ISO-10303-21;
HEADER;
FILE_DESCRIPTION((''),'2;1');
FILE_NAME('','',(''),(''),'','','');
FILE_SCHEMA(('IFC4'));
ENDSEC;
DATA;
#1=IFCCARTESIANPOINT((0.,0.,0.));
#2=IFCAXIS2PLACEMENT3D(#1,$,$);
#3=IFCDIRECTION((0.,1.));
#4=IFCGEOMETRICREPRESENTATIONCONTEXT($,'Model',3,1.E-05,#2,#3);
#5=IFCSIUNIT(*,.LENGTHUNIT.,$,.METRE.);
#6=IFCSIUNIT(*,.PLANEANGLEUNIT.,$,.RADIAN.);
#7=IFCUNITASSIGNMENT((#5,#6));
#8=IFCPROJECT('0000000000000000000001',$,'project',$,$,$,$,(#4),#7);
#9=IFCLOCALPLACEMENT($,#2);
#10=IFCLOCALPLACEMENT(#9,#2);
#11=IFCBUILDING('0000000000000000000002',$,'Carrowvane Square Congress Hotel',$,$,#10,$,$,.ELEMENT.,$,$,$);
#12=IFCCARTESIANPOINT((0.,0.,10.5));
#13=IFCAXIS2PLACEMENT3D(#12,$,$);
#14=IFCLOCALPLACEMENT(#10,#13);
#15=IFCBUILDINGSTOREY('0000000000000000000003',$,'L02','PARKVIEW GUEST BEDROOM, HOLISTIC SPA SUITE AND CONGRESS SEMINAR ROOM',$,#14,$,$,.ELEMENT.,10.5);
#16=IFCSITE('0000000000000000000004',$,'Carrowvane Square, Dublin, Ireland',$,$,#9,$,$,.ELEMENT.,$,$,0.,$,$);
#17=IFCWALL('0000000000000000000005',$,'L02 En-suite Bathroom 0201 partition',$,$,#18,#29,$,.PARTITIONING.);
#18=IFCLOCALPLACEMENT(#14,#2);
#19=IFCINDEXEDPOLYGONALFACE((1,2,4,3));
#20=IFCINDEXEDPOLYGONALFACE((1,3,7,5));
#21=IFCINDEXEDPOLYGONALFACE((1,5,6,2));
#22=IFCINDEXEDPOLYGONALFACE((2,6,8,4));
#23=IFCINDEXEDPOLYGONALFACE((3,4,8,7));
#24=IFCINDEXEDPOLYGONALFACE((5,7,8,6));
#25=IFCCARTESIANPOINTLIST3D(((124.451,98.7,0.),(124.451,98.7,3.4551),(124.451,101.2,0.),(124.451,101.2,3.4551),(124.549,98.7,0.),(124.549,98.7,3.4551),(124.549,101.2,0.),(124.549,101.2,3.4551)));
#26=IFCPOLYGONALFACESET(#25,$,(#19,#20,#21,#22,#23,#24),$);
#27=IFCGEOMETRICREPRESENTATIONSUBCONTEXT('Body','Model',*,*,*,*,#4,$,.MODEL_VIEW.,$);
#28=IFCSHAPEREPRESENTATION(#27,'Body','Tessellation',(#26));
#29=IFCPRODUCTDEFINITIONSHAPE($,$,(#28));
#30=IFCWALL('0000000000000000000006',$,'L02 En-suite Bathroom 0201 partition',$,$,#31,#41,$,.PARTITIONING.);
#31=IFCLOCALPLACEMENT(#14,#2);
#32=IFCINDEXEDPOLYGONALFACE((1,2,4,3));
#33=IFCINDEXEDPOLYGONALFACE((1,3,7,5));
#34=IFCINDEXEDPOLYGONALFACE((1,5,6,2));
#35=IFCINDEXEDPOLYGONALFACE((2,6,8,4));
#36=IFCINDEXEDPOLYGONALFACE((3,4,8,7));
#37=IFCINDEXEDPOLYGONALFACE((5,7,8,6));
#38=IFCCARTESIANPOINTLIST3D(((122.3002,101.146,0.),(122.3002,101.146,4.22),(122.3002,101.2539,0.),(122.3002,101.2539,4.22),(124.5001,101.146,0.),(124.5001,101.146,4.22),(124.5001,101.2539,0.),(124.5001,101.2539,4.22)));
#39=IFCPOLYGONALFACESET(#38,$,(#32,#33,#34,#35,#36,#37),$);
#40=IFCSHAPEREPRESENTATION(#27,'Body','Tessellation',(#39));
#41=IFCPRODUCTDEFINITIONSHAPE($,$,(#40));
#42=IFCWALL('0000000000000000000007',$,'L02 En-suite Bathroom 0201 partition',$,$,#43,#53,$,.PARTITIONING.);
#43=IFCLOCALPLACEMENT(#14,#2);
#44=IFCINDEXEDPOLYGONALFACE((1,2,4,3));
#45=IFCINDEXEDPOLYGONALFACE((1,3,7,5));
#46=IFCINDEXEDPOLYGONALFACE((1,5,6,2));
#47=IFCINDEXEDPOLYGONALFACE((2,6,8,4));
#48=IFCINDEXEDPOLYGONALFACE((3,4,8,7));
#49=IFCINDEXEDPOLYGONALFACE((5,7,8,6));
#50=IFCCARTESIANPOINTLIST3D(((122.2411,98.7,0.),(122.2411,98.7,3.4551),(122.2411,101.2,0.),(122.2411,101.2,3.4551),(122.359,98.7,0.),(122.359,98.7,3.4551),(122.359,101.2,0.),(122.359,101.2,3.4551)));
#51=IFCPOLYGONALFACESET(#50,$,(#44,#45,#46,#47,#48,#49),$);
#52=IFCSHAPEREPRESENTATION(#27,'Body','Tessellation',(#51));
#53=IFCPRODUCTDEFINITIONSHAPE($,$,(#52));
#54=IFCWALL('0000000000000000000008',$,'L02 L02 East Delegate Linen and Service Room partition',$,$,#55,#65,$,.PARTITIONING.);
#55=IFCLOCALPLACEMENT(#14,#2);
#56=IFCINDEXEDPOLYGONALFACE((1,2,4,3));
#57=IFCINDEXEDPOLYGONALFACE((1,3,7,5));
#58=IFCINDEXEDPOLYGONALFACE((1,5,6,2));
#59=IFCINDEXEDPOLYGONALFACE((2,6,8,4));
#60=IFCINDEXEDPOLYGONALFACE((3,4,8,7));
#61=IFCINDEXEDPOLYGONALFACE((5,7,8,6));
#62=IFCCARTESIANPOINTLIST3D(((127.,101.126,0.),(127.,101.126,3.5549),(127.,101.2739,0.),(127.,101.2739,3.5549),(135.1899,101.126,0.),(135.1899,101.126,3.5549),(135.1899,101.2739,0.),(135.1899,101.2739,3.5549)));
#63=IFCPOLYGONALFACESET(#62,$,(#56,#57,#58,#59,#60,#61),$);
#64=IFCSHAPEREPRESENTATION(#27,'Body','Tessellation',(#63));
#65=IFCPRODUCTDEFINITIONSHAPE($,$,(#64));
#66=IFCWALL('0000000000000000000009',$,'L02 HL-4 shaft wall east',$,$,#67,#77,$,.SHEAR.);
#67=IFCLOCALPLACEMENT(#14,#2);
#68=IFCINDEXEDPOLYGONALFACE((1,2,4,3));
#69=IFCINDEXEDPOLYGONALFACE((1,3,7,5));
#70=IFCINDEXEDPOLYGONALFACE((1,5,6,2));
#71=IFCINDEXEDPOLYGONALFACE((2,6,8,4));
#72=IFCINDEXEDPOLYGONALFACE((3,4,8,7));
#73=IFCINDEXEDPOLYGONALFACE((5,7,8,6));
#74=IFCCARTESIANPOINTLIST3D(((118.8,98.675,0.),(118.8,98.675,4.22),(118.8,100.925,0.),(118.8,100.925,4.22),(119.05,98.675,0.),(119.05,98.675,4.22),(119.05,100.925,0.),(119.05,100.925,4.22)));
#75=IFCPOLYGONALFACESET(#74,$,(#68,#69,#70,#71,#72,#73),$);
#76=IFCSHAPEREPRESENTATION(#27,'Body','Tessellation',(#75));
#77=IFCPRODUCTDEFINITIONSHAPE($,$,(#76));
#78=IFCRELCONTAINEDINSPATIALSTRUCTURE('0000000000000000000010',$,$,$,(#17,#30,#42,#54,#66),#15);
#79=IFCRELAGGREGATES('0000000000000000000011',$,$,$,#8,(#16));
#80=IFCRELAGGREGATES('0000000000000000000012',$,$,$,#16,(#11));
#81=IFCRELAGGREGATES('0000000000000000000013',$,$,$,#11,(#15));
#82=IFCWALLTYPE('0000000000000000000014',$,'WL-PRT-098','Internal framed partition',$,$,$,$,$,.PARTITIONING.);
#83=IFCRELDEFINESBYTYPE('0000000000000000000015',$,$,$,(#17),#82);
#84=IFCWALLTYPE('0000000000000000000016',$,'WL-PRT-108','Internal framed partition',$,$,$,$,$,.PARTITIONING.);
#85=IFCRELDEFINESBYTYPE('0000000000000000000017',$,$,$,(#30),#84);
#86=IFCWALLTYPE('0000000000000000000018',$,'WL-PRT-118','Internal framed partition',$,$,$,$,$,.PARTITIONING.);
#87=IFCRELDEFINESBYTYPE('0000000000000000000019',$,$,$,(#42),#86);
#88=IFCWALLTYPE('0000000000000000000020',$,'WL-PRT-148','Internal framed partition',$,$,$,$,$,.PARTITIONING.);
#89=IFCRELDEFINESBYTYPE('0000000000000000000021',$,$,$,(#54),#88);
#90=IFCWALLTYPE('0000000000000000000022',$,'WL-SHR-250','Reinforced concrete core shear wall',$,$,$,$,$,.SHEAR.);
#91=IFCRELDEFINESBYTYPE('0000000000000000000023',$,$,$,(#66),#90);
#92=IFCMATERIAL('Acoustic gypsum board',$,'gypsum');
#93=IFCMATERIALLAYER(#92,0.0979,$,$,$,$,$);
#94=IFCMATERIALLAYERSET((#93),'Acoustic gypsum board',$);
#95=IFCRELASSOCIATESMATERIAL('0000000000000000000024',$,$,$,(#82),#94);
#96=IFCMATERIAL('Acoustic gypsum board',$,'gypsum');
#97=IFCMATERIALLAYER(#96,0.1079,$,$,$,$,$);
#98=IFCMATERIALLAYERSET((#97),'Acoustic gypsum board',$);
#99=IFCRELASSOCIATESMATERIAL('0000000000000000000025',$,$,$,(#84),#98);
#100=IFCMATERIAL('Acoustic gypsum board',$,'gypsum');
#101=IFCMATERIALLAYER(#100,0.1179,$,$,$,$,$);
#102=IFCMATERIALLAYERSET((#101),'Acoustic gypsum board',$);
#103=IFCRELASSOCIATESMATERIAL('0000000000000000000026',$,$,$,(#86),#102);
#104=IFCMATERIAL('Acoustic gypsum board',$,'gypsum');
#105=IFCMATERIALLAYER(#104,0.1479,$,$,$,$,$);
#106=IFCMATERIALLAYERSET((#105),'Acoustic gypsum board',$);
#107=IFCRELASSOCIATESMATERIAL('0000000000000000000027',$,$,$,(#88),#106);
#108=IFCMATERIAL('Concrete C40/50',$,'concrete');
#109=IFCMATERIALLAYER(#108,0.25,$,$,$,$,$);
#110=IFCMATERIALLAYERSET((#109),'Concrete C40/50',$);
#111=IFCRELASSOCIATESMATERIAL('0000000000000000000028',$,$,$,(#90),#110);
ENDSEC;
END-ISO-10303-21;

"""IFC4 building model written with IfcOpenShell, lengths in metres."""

from ifc_helpers import new_model, si_unit, direction, frame, frame_2d, origin, place, context, subcontext, project, spatial, rectangle, extrude, material, layer, layer_set, type_object, element, save


model = new_model("IFC4")

# Units and contexts
model_context = context("Model", 3, precision=1e-05, world=origin(), true_north=direction((0.0, 1.0)))
body_context = subcontext(model_context, "Body", "Model", "MODEL_VIEW")
ifc_project = project(units=[si_unit("LENGTHUNIT", "METRE"), si_unit("PLANEANGLEUNIT", "RADIAN")], contexts=[model_context])

# Site, building, storey
site_placement = place(None, origin())
site = spatial("IfcSite", under=ifc_project, at=site_placement, Name="Carrowvane Square, Dublin, Ireland", CompositionType="ELEMENT", RefElevation=0.0)
building_placement = place(site_placement, origin())
building = spatial("IfcBuilding", under=site, at=building_placement, Name="Carrowvane Square Congress Hotel", CompositionType="ELEMENT")
storey_placement = place(building_placement, frame((0.0, 0.0, 10.5)))
storey = spatial("IfcBuildingStorey", under=building, at=storey_placement, Name="L02", Description="PARKVIEW GUEST BEDROOM, HOLISTIC SPA SUITE AND CONGRESS SEMINAR ROOM", CompositionType="ELEMENT", Elevation=10.5)

# Walls
ifc_material_1 = material(Name="Acoustic gypsum board", Category="gypsum")
ifc_layer_1 = layer(ifc_material_1, 0.0979)
ifc_layer_set_1 = layer_set([ifc_layer_1], Name="Acoustic gypsum board")
wall_type_1 = type_object("IfcWallType", Name="WL-PRT-098", Description="Internal framed partition", PredefinedType="PARTITIONING", material=ifc_layer_set_1)
wall_1_placement = place(storey_placement, frame((124.5, 101.2, 0.0), z_axis=(0.0, 0.0, 1.0), x_axis=(0.0, -1.0, 0.0)))
element("IfcWall", 1, at=wall_1_placement, inside=storey, type_object=wall_type_1, Name="L02 En-suite Bathroom 0201 partition", PredefinedType="PARTITIONING", context=body_context, shape_type="SweptSolid", body=[
    extrude(rectangle(XDim=2.5, YDim=0.0979, at=frame_2d((1.25, 0.0))), origin(), (0.0, 0.0, 1.0), 3.4551),
])
ifc_material_2 = material(Name="Acoustic gypsum board", Category="gypsum")
ifc_layer_2 = layer(ifc_material_2, 0.1079)
ifc_layer_set_2 = layer_set([ifc_layer_2], Name="Acoustic gypsum board")
wall_type_2 = type_object("IfcWallType", Name="WL-PRT-108", Description="Internal framed partition", PredefinedType="PARTITIONING", material=ifc_layer_set_2)
wall_2_placement = place(storey_placement, frame((122.3, 101.2, 0.0), z_axis=(0.0, 0.0, 1.0), x_axis=(1.0, 0.0, 0.0)))
element("IfcWall", 2, at=wall_2_placement, inside=storey, type_object=wall_type_2, Name="L02 En-suite Bathroom 0201 partition", PredefinedType="PARTITIONING", context=body_context, shape_type="SweptSolid", body=[
    extrude(rectangle(XDim=2.2, YDim=0.1079, at=frame_2d((1.1001, 0.0))), origin(), (0.0, 0.0, 1.0), 4.22),
])
ifc_material_3 = material(Name="Acoustic gypsum board", Category="gypsum")
ifc_layer_3 = layer(ifc_material_3, 0.1179)
ifc_layer_set_3 = layer_set([ifc_layer_3], Name="Acoustic gypsum board")
wall_type_3 = type_object("IfcWallType", Name="WL-PRT-118", Description="Internal framed partition", PredefinedType="PARTITIONING", material=ifc_layer_set_3)
wall_3_placement = place(storey_placement, frame((122.3, 98.7, 0.0), z_axis=(0.0, 0.0, 1.0), x_axis=(0.0, 1.0, 0.0)))
element("IfcWall", 3, at=wall_3_placement, inside=storey, type_object=wall_type_3, Name="L02 En-suite Bathroom 0201 partition", PredefinedType="PARTITIONING", context=body_context, shape_type="SweptSolid", body=[
    extrude(rectangle(XDim=2.5, YDim=0.1179, at=frame_2d((1.25, 0.0))), origin(), (0.0, 0.0, 1.0), 3.4551),
])
ifc_material_4 = material(Name="Acoustic gypsum board", Category="gypsum")
ifc_layer_4 = layer(ifc_material_4, 0.1479)
ifc_layer_set_4 = layer_set([ifc_layer_4], Name="Acoustic gypsum board")
wall_type_4 = type_object("IfcWallType", Name="WL-PRT-148", Description="Internal framed partition", PredefinedType="PARTITIONING", material=ifc_layer_set_4)
wall_4_placement = place(storey_placement, frame((127.0, 101.2, 0.0), z_axis=(0.0, 0.0, 1.0), x_axis=(1.0, 0.0, 0.0)))
element("IfcWall", 4, at=wall_4_placement, inside=storey, type_object=wall_type_4, Name="L02 L02 East Delegate Linen and Service Room partition", PredefinedType="PARTITIONING", context=body_context, shape_type="SweptSolid", body=[
    extrude(rectangle(XDim=8.1899, YDim=0.1479, at=frame_2d((4.095, 0.0))), origin(), (0.0, 0.0, 1.0), 3.5549),
])

# Wall
ifc_material_5 = material(Name="Concrete C40/50", Category="concrete")
ifc_layer_5 = layer(ifc_material_5, 0.25)
ifc_layer_set_5 = layer_set([ifc_layer_5], Name="Concrete C40/50")
wall_type_5 = type_object("IfcWallType", Name="WL-SHR-250", Description="Reinforced concrete core shear wall", PredefinedType="SHEAR", material=ifc_layer_set_5)
wall_5_placement = place(storey_placement, frame((118.925, 98.675, 0.0), z_axis=(0.0, 0.0, 1.0), x_axis=(0.0, 1.0, 0.0)))
element("IfcWall", 5, at=wall_5_placement, inside=storey, type_object=wall_type_5, Name="L02 HL-4 shaft wall east", PredefinedType="SHEAR", context=body_context, shape_type="SweptSolid", body=[
    extrude(rectangle(XDim=2.25, YDim=0.25, at=frame_2d((1.125, 0.0))), origin(), (0.0, 0.0, 1.0), 4.22),
])

save(model, "model.ifc")
